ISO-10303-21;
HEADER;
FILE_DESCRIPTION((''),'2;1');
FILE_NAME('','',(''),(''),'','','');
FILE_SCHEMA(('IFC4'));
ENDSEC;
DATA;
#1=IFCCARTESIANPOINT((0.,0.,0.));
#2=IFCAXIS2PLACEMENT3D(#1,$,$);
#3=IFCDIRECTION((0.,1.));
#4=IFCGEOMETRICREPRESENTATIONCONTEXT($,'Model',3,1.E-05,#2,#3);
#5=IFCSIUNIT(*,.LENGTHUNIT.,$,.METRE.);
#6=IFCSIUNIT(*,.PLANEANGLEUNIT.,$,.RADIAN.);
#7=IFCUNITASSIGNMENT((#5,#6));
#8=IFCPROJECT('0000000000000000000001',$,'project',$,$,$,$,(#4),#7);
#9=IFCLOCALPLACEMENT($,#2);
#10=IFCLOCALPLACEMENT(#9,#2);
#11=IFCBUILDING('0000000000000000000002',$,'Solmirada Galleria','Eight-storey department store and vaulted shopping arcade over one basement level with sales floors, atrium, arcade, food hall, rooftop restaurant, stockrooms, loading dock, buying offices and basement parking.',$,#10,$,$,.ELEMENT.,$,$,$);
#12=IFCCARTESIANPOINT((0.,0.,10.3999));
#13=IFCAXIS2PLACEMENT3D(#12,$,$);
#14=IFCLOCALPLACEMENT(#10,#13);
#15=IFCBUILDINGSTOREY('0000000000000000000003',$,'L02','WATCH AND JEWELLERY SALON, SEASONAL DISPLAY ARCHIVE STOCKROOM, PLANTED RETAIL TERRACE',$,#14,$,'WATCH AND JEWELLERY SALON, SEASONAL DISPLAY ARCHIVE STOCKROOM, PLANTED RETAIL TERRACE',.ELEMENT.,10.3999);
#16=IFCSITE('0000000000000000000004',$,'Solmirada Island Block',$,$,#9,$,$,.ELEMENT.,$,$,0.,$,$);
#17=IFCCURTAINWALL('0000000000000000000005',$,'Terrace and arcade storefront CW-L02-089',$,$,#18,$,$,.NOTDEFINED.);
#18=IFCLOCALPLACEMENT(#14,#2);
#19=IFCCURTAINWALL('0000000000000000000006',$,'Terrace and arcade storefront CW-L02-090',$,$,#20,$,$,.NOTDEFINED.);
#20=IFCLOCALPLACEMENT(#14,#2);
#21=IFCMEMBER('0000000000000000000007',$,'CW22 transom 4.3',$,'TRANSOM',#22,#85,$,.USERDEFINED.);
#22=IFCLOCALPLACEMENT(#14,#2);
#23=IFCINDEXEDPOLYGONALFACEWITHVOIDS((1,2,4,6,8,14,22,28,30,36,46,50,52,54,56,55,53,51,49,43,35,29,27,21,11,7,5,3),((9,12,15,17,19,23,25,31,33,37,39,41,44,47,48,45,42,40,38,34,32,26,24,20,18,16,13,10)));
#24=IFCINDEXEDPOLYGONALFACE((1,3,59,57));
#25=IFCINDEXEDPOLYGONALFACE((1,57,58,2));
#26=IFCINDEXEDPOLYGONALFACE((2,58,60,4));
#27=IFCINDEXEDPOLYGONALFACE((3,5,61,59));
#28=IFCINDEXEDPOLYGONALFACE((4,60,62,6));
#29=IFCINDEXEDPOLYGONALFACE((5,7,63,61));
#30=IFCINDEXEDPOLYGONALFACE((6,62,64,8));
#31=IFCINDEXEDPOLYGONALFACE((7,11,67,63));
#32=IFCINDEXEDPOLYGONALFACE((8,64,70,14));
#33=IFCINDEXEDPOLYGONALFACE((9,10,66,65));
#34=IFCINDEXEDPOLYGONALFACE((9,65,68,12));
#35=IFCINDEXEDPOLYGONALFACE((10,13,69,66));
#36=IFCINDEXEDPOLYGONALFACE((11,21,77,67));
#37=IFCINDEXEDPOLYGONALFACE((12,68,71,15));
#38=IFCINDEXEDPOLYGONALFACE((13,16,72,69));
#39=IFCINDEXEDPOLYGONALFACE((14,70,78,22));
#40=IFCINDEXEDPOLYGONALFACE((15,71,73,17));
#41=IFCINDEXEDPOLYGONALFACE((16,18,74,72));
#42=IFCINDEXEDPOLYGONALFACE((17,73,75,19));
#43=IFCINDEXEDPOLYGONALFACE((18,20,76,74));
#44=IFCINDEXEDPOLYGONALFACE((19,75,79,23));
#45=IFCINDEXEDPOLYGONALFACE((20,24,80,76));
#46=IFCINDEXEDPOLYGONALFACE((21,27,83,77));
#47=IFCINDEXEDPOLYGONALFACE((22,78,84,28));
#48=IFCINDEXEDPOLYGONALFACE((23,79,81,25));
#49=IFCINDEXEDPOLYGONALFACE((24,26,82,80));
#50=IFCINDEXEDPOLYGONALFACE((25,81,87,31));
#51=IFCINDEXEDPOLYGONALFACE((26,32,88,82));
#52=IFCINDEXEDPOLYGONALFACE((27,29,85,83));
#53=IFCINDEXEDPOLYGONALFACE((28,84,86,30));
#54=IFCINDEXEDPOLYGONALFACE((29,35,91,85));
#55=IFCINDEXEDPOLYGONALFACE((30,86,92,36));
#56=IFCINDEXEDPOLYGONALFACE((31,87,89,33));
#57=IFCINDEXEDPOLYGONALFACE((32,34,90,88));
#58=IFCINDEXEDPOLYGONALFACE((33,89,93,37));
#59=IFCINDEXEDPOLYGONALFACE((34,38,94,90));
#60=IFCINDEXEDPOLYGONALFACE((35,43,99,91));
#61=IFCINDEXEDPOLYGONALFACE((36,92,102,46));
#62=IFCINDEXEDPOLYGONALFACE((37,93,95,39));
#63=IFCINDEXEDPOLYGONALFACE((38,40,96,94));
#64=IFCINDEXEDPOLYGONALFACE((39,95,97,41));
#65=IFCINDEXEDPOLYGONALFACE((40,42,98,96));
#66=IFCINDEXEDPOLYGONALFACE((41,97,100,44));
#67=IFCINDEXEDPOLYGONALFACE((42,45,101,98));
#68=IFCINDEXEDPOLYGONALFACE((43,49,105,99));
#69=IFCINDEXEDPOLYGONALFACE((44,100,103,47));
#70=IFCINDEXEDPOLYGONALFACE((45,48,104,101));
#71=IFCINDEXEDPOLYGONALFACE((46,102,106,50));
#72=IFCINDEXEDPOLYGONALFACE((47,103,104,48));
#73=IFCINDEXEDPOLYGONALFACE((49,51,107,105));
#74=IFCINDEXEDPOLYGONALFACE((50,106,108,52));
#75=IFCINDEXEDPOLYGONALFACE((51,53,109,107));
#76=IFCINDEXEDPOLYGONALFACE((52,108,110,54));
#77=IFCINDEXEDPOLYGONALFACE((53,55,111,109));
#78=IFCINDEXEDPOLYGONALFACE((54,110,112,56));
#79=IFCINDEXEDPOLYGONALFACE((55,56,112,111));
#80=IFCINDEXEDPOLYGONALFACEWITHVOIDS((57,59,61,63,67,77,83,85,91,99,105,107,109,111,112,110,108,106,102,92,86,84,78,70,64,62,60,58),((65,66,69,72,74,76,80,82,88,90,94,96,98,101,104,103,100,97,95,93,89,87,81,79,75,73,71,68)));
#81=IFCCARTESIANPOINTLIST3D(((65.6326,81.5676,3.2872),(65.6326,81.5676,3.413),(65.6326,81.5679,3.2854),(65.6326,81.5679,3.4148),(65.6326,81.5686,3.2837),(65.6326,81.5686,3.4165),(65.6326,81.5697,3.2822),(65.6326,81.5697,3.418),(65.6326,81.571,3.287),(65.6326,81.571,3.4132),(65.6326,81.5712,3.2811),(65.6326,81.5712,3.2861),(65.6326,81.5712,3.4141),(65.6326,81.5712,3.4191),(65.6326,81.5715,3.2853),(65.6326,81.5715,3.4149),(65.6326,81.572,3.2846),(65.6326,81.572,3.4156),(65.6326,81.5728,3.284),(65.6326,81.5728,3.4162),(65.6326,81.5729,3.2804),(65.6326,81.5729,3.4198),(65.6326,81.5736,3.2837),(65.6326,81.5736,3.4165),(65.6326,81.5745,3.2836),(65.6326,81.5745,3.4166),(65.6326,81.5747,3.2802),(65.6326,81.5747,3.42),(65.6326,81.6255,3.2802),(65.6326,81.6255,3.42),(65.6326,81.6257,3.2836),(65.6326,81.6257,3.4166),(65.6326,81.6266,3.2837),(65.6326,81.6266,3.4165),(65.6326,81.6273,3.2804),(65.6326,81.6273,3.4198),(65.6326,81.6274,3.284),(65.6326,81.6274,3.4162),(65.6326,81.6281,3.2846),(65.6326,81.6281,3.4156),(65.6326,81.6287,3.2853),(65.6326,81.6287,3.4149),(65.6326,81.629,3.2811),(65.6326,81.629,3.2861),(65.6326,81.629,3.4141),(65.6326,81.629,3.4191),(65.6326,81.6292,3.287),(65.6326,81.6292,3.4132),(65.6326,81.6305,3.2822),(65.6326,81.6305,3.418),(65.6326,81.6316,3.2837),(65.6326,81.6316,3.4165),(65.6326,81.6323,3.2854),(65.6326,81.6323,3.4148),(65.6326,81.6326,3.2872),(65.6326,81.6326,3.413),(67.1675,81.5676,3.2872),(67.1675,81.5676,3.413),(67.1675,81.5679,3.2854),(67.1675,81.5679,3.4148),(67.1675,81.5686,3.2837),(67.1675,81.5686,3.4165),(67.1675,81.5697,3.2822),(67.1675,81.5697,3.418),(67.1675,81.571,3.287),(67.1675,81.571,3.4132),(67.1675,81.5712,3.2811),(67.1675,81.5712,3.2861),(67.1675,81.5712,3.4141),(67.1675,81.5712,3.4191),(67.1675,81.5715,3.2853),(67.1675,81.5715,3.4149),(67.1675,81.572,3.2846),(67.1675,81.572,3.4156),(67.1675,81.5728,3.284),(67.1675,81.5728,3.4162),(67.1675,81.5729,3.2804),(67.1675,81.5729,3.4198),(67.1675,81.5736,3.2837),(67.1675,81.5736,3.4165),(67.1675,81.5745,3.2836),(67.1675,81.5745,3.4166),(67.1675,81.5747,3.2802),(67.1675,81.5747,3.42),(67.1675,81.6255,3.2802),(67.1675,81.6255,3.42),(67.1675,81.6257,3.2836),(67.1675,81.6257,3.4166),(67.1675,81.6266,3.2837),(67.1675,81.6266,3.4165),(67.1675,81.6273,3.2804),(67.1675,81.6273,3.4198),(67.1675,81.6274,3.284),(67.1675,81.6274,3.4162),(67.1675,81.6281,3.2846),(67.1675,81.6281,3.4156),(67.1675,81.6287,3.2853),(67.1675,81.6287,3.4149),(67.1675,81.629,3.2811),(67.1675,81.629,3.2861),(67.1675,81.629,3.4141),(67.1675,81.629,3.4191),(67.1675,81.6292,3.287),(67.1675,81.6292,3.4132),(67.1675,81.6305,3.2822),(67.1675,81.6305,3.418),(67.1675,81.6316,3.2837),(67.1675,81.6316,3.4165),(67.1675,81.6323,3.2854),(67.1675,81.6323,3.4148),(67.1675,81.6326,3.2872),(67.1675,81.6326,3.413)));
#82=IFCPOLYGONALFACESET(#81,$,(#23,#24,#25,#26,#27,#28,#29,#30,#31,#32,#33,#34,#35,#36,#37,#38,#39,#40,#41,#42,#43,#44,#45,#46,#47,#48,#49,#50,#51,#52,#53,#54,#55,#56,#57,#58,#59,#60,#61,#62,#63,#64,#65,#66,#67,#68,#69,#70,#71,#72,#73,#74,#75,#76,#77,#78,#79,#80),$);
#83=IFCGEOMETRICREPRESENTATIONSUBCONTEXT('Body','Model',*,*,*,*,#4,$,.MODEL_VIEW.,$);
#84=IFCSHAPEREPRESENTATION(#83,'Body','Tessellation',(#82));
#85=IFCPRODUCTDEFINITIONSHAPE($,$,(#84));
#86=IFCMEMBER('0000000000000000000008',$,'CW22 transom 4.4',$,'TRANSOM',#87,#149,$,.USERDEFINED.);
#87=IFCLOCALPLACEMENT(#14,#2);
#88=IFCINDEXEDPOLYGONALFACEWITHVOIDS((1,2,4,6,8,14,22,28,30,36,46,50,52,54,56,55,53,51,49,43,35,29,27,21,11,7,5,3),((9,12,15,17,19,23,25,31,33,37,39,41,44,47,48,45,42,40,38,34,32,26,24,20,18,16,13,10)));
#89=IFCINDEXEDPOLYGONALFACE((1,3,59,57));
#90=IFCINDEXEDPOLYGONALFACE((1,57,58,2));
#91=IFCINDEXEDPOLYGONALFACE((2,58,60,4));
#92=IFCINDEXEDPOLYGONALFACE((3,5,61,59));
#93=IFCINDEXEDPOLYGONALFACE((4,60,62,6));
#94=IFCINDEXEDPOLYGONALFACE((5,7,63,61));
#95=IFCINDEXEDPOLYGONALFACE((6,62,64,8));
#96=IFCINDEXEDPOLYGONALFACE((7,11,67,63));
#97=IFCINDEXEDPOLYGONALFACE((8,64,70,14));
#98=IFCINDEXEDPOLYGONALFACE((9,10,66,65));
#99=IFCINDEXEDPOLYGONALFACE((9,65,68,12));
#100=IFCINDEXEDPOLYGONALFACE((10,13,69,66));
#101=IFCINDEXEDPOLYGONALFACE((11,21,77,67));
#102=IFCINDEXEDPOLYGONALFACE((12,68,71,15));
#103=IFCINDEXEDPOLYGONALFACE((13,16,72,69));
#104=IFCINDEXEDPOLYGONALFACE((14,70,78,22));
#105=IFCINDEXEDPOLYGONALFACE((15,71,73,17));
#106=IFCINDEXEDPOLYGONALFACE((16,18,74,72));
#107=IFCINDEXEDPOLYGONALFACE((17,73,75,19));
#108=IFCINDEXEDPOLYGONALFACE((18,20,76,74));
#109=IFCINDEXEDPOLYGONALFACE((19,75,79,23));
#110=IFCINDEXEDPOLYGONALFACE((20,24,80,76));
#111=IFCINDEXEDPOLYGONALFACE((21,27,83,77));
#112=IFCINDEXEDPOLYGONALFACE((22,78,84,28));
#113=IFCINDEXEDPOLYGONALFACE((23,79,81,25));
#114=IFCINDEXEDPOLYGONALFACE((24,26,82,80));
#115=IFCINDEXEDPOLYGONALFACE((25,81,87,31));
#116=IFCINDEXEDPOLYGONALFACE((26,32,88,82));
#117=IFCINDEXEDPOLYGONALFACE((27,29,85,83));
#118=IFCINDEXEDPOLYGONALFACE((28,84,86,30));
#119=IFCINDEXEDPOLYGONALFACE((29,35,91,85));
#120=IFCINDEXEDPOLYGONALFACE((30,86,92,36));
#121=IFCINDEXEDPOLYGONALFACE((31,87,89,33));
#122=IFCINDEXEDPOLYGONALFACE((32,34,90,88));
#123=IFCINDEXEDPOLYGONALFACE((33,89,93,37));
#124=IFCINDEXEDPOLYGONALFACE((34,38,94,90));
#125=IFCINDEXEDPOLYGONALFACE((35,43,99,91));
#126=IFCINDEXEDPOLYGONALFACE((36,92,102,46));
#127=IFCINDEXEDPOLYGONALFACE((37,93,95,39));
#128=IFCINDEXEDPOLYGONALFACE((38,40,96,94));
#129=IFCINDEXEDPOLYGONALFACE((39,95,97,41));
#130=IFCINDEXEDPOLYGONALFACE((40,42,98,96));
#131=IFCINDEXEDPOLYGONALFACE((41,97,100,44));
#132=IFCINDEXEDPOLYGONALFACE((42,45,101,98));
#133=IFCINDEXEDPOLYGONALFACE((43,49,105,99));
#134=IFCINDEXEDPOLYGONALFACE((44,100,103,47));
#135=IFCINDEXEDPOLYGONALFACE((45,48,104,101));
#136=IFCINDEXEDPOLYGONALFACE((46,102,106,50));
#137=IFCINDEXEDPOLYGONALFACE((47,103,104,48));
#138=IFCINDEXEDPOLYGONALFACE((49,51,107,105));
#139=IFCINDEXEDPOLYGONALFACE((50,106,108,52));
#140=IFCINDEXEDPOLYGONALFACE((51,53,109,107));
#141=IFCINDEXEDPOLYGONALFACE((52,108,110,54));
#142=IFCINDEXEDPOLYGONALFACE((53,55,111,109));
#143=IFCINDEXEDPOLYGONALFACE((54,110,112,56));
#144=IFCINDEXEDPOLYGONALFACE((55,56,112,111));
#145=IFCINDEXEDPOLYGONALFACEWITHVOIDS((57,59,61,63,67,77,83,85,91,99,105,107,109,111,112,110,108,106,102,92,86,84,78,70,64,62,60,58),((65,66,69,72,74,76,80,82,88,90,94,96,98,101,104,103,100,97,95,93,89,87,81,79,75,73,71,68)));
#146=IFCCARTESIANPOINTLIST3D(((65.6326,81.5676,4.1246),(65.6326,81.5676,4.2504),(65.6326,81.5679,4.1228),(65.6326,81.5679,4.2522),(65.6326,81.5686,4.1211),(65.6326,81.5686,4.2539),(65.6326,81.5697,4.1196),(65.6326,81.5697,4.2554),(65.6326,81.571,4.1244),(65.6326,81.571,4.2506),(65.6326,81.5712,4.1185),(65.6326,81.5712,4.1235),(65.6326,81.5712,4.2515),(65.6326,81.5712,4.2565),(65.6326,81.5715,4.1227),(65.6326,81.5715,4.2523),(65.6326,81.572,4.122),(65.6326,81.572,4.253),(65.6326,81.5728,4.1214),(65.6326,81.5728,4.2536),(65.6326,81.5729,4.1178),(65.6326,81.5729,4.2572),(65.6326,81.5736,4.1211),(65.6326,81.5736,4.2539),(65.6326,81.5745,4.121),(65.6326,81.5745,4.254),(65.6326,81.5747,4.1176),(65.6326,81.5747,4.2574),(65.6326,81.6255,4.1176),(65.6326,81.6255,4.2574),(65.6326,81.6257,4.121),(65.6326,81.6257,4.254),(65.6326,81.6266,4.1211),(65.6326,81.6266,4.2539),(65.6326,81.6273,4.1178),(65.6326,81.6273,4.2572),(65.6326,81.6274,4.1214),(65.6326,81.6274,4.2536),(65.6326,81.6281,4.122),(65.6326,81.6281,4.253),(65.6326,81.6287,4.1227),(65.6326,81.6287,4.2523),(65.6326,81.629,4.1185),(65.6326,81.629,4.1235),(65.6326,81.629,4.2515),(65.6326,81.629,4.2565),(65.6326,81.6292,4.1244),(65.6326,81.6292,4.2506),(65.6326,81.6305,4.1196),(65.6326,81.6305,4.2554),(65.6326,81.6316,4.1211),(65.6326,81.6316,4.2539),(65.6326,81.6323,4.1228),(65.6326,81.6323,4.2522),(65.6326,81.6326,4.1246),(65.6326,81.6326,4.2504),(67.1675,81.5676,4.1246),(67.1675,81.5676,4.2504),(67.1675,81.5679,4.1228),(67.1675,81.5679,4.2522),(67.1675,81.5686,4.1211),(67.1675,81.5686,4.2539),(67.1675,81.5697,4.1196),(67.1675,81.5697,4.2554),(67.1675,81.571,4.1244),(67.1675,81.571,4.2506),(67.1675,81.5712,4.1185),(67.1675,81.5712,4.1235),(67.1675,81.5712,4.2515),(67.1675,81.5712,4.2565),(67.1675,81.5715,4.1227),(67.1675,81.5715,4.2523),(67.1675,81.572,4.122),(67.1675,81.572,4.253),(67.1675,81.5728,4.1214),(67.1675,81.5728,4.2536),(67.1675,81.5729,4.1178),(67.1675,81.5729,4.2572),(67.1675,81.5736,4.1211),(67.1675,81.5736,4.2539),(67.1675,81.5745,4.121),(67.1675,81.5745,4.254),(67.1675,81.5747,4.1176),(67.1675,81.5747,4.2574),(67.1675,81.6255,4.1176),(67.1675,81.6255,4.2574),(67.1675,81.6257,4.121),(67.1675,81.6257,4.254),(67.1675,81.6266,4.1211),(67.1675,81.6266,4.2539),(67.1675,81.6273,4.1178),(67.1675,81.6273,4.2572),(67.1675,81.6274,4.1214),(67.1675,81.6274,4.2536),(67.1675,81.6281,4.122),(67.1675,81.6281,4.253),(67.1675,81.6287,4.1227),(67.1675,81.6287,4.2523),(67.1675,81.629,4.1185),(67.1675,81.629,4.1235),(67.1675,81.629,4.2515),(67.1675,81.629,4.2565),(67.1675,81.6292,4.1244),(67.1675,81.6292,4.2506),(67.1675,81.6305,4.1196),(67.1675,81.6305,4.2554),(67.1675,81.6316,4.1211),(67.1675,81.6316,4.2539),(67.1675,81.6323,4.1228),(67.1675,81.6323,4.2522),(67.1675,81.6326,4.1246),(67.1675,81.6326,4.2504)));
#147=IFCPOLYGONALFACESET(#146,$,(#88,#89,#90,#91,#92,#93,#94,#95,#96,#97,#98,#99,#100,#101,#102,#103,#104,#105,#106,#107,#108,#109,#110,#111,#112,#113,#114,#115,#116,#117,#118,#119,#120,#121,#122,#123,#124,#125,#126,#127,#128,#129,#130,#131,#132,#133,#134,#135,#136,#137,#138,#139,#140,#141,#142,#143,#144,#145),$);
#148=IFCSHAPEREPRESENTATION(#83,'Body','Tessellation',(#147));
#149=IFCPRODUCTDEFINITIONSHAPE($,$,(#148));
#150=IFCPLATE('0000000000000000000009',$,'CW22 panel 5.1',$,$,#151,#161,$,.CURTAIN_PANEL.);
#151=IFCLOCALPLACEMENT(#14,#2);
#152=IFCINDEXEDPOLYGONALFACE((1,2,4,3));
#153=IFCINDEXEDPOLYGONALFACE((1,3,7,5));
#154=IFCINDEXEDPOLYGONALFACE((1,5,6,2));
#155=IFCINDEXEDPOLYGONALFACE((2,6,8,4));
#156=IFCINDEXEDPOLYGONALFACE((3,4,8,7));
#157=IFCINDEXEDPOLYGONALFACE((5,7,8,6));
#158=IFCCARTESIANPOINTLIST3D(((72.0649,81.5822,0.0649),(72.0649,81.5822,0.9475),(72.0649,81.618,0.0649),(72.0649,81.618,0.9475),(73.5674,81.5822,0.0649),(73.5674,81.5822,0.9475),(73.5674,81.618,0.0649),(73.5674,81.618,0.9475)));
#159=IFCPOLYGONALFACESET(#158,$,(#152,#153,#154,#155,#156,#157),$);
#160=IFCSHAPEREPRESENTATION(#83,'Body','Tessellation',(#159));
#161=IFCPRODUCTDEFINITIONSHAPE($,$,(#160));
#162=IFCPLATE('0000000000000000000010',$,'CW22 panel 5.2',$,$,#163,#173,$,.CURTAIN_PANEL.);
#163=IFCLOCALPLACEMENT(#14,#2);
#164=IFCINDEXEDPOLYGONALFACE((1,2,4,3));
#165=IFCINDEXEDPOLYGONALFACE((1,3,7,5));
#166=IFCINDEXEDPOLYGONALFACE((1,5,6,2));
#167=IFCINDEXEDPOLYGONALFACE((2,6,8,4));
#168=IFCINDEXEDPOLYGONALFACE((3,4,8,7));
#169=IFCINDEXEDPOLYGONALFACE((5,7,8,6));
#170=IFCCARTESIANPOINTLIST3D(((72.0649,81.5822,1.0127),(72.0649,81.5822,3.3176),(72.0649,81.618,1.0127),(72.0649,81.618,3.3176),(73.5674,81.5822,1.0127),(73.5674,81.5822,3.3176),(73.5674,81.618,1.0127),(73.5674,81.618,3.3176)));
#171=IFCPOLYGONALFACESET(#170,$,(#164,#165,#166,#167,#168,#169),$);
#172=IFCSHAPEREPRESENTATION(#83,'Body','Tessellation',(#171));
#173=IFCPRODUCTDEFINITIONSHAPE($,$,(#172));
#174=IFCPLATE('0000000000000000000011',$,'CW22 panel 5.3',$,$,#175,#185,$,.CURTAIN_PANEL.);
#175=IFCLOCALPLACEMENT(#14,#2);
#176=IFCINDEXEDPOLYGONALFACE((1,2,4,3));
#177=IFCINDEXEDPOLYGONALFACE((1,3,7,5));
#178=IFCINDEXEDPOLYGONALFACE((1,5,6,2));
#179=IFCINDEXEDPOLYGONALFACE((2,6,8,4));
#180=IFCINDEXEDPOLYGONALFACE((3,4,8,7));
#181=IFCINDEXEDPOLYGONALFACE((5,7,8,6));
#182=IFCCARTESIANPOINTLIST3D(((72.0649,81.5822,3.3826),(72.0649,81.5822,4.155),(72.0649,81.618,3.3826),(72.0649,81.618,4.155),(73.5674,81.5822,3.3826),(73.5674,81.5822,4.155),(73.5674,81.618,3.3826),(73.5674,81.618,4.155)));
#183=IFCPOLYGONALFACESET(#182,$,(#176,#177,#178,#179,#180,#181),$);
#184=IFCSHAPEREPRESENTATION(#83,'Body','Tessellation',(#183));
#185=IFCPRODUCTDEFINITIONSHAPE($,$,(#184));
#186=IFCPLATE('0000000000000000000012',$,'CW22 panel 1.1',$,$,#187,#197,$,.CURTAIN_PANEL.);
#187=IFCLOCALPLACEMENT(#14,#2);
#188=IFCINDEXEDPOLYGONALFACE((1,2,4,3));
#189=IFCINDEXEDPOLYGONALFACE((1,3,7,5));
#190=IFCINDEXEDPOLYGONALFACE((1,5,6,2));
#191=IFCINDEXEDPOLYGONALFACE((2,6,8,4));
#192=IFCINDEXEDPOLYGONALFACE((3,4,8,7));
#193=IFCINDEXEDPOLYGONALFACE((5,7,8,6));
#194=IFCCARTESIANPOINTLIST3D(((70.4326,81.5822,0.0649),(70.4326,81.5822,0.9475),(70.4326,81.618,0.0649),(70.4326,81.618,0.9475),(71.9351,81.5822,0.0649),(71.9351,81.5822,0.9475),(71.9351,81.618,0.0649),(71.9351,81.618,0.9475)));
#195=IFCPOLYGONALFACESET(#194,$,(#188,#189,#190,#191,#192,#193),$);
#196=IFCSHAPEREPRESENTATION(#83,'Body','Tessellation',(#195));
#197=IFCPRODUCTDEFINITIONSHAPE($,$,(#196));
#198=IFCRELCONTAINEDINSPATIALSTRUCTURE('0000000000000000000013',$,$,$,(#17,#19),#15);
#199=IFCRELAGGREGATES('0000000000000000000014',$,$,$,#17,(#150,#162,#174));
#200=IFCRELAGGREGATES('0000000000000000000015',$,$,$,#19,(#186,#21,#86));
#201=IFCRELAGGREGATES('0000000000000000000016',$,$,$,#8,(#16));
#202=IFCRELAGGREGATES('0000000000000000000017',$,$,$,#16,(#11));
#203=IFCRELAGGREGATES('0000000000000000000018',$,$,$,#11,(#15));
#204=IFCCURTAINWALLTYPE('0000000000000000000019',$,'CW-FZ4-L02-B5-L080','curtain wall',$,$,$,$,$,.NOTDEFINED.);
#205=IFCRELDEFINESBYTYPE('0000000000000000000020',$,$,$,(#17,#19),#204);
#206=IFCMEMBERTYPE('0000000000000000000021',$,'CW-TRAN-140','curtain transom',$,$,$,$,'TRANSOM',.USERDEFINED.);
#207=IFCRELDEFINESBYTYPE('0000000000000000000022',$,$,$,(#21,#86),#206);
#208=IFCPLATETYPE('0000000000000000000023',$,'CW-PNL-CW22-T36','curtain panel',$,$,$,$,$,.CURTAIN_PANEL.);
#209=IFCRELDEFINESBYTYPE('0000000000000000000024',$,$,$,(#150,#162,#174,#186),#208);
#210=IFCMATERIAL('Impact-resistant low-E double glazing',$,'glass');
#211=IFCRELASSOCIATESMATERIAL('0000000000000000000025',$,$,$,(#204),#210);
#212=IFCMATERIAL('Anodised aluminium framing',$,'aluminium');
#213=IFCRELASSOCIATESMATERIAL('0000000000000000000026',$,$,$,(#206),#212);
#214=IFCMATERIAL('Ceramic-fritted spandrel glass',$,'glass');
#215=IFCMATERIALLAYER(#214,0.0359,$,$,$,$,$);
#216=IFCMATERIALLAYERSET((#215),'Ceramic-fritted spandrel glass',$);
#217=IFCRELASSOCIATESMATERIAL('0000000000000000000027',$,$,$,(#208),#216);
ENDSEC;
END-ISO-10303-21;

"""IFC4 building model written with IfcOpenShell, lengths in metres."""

from ifc_helpers import new_model, si_unit, direction, frame, origin, origin_2d, place, context, subcontext, project, spatial, rectangle, hollow_rectangle, extrude, material, layer, layer_set, material_profile, profile_set, type_object, element, aggregate, save


model = new_model("IFC4")

# Units and contexts
model_context = context("Model", 3, precision=1e-05, world=origin(), true_north=direction((0.0, 1.0)))
body_context = subcontext(model_context, "Body", "Model", "MODEL_VIEW")
ifc_project = project(units=[si_unit("LENGTHUNIT", "METRE"), si_unit("PLANEANGLEUNIT", "RADIAN")], contexts=[model_context])

# Site, building, storey
site_placement = place(None, origin())
site = spatial("IfcSite", under=ifc_project, at=site_placement, Name="Solmirada Island Block", CompositionType="ELEMENT", RefElevation=0.0)
building_placement = place(site_placement, origin())
building = spatial("IfcBuilding", under=site, at=building_placement, Name="Solmirada Galleria", Description="Eight-storey department store and vaulted shopping arcade over one basement level with sales floors, atrium, arcade, food hall, rooftop restaurant, stockrooms, loading dock, buying offices and basement parking.", CompositionType="ELEMENT")
storey_placement = place(building_placement, frame((0.0, 0.0, 10.3999)))
storey = spatial("IfcBuildingStorey", under=building, at=storey_placement, Name="L02", Description="WATCH AND JEWELLERY SALON, SEASONAL DISPLAY ARCHIVE STOCKROOM, PLANTED RETAIL TERRACE", LongName="WATCH AND JEWELLERY SALON, SEASONAL DISPLAY ARCHIVE STOCKROOM, PLANTED RETAIL TERRACE", CompositionType="ELEMENT", Elevation=10.3999)

# Curtain wall
ifc_material_1 = material(Name="Impact-resistant low-E double glazing", Category="glass")
curtain_wall_type = type_object("IfcCurtainWallType", Name="CW-FZ4-L02-B5-L080", Description="curtain wall", PredefinedType="NOTDEFINED", material=ifc_material_1)
curtain_wall_1_placement = place(storey_placement, origin())
curtain_wall_1 = element("IfcCurtainWall", 1, at=curtain_wall_1_placement, inside=storey, type_object=curtain_wall_type, Name="Terrace and arcade storefront CW-L02-089", PredefinedType="NOTDEFINED")
ifc_material_2 = material(Name="Anodised aluminium framing", Category="aluminium")

# Curtain wall
curtain_wall_2_placement = place(storey_placement, origin())
curtain_wall_2 = element("IfcCurtainWall", 2, at=curtain_wall_2_placement, inside=storey, type_object=curtain_wall_type, Name="Terrace and arcade storefront CW-L02-090", PredefinedType="NOTDEFINED")

# Members
ifc_material_profile_1 = material_profile(ifc_material_2, hollow_rectangle(XDim=0.0649, YDim=0.1399, WallThickness=0.0034, InnerFilletRadius=0.0034, OuterFilletRadius=0.0071, at=origin_2d()), Name="ALU-TRAN-140X65")
ifc_profile_set_1 = profile_set([ifc_material_profile_1], Name="Anodised aluminium framing")
member_type_1 = type_object("IfcMemberType", Name="CW-TRAN-140", Description="curtain transom", ElementType="TRANSOM", PredefinedType="USERDEFINED", material=ifc_profile_set_1)
member_1_placement = place(storey_placement, frame((67.1675, 81.6001, 3.3501), z_axis=(-1.0, 0.0, 0.0), x_axis=(0.0, -1.0, 0.0)))
member_1 = element("IfcMember", 3, at=member_1_placement, type_object=member_type_1, Name="CW22 transom 4.3", ObjectType="TRANSOM", PredefinedType="USERDEFINED", context=body_context, shape_type="SweptSolid", body=[
    extrude(hollow_rectangle(XDim=0.0649, YDim=0.1399, WallThickness=0.0034, InnerFilletRadius=0.0034, OuterFilletRadius=0.0071, at=origin_2d()), origin(), (0.0, 0.0, 1.0), 1.5349),
])
member_2_placement = place(storey_placement, frame((67.1675, 81.6001, 4.1875), z_axis=(-1.0, 0.0, 0.0), x_axis=(0.0, -1.0, 0.0)))
member_2 = element("IfcMember", 4, at=member_2_placement, type_object=member_type_1, Name="CW22 transom 4.4", ObjectType="TRANSOM", PredefinedType="USERDEFINED", context=body_context, shape_type="SweptSolid", body=[
    extrude(hollow_rectangle(XDim=0.0649, YDim=0.1399, WallThickness=0.0034, InnerFilletRadius=0.0034, OuterFilletRadius=0.0071, at=origin_2d()), origin(), (0.0, 0.0, 1.0), 1.5349),
])

# Plates
ifc_material_3 = material(Name="Ceramic-fritted spandrel glass", Category="glass")
ifc_layer_1 = layer(ifc_material_3, 0.0359)
ifc_layer_set_1 = layer_set([ifc_layer_1], Name="Ceramic-fritted spandrel glass")
plate_type = type_object("IfcPlateType", Name="CW-PNL-CW22-T36", Description="curtain panel", PredefinedType="CURTAIN_PANEL", material=ifc_layer_set_1)
plate_1_placement = place(storey_placement, frame((72.8162, 81.6001, 0.0649), z_axis=(0.0, 0.0, 1.0), x_axis=(-1.0, 0.0, 0.0)))
plate_1 = element("IfcPlate", 5, at=plate_1_placement, type_object=plate_type, Name="CW22 panel 5.1", PredefinedType="CURTAIN_PANEL", context=body_context, shape_type="SweptSolid", body=[
    extrude(rectangle(XDim=1.5024, YDim=0.0359, at=origin_2d()), origin(), (0.0, 0.0, 1.0), 0.8826),
])
plate_2_placement = place(storey_placement, frame((72.8162, 81.6001, 1.0127), z_axis=(0.0, 0.0, 1.0), x_axis=(-1.0, 0.0, 0.0)))
plate_2 = element("IfcPlate", 6, at=plate_2_placement, type_object=plate_type, Name="CW22 panel 5.2", PredefinedType="CURTAIN_PANEL", context=body_context, shape_type="SweptSolid", body=[
    extrude(rectangle(XDim=1.5024, YDim=0.0359, at=origin_2d()), origin(), (0.0, 0.0, 1.0), 2.3049),
])
plate_3_placement = place(storey_placement, frame((72.8162, 81.6001, 3.3826), z_axis=(0.0, 0.0, 1.0), x_axis=(-1.0, 0.0, 0.0)))
plate_3 = element("IfcPlate", 7, at=plate_3_placement, type_object=plate_type, Name="CW22 panel 5.3", PredefinedType="CURTAIN_PANEL", context=body_context, shape_type="SweptSolid", body=[
    extrude(rectangle(XDim=1.5024, YDim=0.0359, at=origin_2d()), origin(), (0.0, 0.0, 1.0), 0.7725),
])
aggregate(curtain_wall_1, [plate_1, plate_2, plate_3])
plate_4_placement = place(storey_placement, frame((71.1838, 81.6001, 0.0649), z_axis=(0.0, 0.0, 1.0), x_axis=(-1.0, 0.0, 0.0)))
plate_4 = element("IfcPlate", 8, at=plate_4_placement, type_object=plate_type, Name="CW22 panel 1.1", PredefinedType="CURTAIN_PANEL", context=body_context, shape_type="SweptSolid", body=[
    extrude(rectangle(XDim=1.5024, YDim=0.0359, at=origin_2d()), origin(), (0.0, 0.0, 1.0), 0.8826),
])
aggregate(curtain_wall_2, [plate_4, member_1, member_2])

save(model, "model.ifc")
